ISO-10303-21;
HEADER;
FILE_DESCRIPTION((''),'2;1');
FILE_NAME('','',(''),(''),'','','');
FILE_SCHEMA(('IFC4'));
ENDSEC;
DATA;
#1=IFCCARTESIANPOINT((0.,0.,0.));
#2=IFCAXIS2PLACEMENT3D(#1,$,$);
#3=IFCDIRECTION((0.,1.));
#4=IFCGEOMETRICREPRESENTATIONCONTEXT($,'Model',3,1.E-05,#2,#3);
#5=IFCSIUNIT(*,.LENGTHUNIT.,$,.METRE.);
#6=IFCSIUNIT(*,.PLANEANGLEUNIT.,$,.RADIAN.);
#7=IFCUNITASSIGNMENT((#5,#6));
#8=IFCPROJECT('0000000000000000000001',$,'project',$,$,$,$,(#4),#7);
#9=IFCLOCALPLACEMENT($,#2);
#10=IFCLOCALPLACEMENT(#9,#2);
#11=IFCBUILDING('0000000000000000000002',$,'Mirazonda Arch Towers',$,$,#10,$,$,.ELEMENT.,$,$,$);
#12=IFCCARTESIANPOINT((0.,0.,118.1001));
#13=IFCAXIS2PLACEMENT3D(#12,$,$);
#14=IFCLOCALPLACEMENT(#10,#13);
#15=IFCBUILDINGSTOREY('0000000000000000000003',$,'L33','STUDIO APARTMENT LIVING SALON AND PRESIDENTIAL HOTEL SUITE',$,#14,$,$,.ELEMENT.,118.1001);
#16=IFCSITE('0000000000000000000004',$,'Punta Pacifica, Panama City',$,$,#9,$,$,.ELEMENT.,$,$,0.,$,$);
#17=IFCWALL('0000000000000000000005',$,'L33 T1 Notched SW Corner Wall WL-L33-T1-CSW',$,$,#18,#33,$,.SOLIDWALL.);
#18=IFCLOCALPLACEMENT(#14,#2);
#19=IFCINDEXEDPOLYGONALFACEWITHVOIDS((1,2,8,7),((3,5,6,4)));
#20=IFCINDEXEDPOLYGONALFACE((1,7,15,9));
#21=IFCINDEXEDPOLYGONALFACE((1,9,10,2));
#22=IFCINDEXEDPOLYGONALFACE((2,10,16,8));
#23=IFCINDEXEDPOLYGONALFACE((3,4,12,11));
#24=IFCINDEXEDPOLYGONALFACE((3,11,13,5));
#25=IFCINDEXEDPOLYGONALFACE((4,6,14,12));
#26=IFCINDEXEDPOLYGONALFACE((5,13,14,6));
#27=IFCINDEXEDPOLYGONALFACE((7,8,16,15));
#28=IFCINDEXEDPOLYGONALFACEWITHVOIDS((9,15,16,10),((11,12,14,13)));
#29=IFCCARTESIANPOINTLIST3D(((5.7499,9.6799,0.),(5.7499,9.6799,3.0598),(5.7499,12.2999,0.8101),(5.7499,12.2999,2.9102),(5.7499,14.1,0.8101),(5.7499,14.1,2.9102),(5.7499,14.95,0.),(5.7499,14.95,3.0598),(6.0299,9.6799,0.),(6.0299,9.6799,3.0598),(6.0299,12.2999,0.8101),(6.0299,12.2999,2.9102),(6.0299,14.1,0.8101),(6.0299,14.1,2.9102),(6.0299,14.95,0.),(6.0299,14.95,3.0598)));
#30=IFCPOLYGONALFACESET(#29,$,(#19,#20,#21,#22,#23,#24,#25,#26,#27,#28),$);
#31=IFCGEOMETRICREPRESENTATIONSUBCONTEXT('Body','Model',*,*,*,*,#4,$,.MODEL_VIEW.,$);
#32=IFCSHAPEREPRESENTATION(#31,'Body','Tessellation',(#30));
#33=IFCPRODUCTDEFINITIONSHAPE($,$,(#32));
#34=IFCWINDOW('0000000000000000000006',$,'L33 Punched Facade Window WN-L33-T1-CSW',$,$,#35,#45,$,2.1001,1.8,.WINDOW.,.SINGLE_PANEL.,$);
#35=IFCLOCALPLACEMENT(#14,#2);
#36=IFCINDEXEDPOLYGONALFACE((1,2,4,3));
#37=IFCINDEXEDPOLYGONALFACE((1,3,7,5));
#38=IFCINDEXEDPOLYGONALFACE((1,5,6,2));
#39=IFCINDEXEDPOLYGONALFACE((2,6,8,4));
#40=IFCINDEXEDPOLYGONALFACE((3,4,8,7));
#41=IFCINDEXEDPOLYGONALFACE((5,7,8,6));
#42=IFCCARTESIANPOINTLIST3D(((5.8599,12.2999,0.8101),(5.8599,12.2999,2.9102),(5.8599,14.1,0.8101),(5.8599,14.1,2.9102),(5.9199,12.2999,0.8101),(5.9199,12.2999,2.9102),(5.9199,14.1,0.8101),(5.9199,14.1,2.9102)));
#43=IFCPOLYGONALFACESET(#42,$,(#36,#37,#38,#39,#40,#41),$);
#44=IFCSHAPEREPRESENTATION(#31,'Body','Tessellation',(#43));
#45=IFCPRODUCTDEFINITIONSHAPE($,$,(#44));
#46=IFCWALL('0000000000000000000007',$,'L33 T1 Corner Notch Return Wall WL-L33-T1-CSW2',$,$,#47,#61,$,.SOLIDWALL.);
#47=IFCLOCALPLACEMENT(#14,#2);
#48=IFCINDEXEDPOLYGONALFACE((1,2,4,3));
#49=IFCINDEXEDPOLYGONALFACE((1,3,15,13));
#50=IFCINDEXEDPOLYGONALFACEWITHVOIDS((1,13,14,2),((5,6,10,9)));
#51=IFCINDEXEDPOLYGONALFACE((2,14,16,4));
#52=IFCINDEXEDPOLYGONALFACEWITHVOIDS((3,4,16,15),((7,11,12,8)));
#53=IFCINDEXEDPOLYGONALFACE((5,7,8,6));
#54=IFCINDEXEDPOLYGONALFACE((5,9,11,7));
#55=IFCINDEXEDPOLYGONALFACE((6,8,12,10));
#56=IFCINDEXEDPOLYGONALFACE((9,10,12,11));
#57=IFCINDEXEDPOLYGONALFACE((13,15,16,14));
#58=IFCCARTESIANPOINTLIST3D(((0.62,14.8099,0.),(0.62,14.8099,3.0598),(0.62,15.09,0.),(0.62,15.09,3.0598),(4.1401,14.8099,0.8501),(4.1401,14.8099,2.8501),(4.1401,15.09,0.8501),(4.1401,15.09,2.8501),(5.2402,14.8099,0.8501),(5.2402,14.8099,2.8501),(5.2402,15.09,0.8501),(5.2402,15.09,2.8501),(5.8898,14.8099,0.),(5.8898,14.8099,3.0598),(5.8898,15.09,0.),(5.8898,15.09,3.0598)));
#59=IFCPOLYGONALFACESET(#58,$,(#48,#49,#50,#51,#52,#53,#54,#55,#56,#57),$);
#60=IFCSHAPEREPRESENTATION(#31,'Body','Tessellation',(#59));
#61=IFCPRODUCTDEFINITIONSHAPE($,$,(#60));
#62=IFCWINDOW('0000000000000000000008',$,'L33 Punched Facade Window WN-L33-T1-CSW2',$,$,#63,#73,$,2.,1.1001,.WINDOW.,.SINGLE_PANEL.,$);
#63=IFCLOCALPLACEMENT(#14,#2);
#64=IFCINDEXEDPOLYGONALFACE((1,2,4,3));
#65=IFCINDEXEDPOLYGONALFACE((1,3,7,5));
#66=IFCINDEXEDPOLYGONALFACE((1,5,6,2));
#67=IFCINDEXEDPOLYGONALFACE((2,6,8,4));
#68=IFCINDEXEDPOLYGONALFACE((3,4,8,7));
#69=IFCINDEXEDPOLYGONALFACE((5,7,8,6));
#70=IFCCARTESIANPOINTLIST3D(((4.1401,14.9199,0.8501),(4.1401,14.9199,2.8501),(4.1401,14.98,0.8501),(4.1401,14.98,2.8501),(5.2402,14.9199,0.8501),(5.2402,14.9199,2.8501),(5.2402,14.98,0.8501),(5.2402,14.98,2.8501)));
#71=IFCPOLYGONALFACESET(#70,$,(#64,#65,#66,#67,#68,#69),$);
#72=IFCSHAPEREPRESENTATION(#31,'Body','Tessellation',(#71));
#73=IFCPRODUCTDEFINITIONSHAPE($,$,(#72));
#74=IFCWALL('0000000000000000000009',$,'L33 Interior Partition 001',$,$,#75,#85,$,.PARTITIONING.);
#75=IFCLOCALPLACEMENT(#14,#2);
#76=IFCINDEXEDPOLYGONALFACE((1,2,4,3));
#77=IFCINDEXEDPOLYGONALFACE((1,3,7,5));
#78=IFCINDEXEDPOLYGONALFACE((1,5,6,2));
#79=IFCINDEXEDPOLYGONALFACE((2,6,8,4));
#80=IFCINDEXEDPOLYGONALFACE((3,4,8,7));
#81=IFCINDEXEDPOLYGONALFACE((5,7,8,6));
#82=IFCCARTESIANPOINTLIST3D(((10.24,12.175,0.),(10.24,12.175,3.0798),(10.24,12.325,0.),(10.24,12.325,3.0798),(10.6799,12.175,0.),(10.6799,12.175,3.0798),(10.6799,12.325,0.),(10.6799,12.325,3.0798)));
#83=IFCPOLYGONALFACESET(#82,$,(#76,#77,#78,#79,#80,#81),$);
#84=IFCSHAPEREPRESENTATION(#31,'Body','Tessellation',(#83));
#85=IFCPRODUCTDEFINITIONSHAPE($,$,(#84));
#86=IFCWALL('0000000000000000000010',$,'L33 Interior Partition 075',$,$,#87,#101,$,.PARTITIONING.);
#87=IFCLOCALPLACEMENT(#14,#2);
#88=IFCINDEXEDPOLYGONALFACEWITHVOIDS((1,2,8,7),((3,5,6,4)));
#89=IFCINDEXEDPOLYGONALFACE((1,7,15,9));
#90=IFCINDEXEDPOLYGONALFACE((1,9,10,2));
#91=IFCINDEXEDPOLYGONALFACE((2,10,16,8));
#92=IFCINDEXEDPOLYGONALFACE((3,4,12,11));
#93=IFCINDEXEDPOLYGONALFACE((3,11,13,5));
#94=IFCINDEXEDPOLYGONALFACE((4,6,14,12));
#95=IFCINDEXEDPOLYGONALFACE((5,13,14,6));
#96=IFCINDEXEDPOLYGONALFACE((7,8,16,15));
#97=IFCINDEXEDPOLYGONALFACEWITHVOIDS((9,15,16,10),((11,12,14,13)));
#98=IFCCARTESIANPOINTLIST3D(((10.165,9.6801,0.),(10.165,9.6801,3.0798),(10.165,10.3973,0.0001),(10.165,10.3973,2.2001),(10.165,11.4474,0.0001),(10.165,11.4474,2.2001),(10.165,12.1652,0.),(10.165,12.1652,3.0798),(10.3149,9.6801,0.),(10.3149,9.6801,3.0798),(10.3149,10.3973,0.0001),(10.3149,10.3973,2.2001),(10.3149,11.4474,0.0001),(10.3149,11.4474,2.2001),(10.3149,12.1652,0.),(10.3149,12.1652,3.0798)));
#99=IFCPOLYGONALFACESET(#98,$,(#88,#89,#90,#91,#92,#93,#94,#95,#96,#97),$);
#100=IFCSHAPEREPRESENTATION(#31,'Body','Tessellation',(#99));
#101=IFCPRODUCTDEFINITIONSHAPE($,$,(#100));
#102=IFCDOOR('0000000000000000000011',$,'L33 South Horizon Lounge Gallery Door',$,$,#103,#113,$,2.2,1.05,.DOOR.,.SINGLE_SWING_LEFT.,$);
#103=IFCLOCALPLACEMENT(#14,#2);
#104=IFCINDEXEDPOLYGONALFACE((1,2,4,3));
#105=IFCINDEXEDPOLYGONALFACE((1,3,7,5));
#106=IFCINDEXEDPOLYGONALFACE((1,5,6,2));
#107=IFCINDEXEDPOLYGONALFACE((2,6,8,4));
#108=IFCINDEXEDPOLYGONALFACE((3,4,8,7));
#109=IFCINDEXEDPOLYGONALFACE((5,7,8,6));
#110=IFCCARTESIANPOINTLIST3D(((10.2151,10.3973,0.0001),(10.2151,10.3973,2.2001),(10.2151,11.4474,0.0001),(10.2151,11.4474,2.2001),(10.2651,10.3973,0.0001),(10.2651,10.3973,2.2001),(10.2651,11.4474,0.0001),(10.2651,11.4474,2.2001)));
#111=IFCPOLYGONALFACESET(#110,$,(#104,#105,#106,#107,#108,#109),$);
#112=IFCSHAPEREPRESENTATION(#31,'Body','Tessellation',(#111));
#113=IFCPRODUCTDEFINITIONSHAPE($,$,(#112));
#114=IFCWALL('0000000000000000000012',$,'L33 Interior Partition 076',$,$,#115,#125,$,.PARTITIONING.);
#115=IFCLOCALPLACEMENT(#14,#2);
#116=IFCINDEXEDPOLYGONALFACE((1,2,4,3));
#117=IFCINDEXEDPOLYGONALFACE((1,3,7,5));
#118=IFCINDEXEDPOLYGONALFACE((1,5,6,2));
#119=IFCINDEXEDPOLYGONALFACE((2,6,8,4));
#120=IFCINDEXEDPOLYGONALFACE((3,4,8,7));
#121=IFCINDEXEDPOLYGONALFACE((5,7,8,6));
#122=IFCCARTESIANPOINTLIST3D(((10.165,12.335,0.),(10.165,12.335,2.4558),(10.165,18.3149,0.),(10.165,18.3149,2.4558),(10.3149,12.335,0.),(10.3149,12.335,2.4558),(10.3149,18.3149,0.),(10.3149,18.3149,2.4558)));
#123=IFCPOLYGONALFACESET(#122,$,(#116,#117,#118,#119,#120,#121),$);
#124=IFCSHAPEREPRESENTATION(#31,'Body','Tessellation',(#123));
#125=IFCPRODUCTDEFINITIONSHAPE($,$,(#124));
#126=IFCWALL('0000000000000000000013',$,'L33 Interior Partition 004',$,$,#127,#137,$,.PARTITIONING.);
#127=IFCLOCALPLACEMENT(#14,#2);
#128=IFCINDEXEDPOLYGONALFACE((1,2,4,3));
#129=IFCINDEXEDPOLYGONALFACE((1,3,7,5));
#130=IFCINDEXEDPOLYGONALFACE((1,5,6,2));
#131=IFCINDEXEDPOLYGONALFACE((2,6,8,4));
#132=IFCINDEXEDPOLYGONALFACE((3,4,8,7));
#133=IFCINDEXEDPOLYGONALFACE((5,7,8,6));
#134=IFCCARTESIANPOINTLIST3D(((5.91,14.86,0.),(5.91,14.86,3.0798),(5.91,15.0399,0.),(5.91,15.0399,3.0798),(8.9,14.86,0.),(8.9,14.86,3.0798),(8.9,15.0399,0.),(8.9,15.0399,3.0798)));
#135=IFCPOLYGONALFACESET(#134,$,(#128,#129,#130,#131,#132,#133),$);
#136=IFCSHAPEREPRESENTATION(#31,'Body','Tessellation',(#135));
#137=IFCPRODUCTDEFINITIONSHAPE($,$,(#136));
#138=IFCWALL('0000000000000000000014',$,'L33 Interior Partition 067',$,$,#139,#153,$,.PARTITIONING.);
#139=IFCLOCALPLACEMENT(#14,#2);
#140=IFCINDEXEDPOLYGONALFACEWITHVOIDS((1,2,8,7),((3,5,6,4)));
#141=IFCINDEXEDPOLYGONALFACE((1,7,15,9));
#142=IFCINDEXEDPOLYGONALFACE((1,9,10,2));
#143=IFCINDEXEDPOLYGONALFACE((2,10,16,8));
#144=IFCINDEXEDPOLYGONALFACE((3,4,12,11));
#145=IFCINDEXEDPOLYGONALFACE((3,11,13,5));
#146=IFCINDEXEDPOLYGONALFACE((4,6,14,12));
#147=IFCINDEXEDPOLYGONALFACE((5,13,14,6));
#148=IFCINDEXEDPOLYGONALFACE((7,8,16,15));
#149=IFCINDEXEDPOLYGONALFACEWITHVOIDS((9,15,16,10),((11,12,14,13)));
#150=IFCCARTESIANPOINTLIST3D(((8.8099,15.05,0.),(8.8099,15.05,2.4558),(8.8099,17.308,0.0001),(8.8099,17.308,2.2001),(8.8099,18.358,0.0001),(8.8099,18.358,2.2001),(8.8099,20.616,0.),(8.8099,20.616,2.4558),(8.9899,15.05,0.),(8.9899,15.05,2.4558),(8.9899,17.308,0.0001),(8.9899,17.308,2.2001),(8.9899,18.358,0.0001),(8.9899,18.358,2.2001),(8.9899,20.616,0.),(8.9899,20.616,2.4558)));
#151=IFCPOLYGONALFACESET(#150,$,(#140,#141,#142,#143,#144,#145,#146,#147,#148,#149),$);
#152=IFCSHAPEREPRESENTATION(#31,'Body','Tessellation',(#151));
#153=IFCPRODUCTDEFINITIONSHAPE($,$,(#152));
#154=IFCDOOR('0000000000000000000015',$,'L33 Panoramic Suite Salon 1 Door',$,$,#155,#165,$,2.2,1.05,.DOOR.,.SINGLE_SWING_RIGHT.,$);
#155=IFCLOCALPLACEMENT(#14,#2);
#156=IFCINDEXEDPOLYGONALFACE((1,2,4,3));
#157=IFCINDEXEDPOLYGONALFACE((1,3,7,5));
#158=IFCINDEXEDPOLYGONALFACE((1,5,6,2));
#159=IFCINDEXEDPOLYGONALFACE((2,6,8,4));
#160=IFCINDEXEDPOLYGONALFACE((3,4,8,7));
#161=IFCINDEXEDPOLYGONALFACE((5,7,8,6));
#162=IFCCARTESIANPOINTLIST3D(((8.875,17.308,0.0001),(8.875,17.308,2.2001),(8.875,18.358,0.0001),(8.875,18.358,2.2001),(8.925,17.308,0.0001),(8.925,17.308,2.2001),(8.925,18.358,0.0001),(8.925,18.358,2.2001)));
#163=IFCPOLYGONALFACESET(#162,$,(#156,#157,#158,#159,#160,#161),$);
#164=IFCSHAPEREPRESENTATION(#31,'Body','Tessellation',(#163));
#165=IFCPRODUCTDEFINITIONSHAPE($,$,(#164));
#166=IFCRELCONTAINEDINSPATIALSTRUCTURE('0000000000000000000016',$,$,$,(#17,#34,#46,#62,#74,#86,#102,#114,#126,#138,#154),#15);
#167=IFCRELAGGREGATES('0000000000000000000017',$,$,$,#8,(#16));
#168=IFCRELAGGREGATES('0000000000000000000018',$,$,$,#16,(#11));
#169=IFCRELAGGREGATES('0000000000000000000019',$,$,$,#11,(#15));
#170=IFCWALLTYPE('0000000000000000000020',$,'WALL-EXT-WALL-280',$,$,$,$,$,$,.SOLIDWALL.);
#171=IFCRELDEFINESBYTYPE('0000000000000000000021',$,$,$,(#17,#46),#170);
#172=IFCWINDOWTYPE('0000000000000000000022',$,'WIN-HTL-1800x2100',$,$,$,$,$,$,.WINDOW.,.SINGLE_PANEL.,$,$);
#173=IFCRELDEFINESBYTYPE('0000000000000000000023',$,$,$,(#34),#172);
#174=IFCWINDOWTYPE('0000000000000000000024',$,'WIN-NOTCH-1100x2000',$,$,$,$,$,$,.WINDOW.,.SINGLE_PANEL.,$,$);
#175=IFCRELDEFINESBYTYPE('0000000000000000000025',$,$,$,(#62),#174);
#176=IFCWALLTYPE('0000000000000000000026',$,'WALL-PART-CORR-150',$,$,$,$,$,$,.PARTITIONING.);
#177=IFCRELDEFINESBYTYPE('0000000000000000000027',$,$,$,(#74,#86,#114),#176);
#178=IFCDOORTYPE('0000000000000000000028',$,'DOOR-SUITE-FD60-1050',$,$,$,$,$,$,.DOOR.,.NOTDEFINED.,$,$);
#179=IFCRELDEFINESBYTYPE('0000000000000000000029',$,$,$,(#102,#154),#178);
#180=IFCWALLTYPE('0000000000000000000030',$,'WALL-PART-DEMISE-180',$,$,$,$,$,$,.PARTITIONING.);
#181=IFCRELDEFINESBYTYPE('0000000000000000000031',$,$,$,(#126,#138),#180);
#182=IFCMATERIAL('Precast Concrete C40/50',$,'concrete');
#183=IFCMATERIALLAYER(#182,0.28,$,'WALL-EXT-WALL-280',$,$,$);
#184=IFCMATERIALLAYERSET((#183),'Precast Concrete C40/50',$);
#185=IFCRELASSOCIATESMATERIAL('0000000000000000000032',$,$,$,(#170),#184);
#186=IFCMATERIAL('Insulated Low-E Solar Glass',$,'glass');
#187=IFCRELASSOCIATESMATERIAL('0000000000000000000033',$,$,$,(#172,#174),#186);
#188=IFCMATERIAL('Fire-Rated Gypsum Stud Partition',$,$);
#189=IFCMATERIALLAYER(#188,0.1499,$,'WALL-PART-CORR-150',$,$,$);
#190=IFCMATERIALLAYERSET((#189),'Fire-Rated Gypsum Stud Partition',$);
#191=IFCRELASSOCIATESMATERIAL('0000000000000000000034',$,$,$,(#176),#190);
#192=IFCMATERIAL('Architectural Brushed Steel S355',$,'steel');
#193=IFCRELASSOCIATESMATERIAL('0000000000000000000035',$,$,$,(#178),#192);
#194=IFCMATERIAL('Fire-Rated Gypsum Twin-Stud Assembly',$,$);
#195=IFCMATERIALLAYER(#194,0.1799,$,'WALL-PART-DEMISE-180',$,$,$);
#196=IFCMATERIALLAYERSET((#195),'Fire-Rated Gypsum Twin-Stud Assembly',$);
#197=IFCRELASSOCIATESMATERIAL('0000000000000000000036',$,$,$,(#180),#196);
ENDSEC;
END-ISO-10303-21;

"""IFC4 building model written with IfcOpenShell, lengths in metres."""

from ifc_helpers import new_model, si_unit, direction, frame, frame_2d, origin, place, context, subcontext, project, spatial, rectangle, extrude, material, layer, layer_set, type_object, element, fill, save


model = new_model("IFC4")

# Units and contexts
model_context = context("Model", 3, precision=1e-05, world=origin(), true_north=direction((0.0, 1.0)))
body_context = subcontext(model_context, "Body", "Model", "MODEL_VIEW")
ifc_project = project(units=[si_unit("LENGTHUNIT", "METRE"), si_unit("PLANEANGLEUNIT", "RADIAN")], contexts=[model_context])

# Site, building, storey
site_placement = place(None, origin())
site = spatial("IfcSite", under=ifc_project, at=site_placement, Name="Punta Pacifica, Panama City", CompositionType="ELEMENT", RefElevation=0.0)
building_placement = place(site_placement, origin())
building = spatial("IfcBuilding", under=site, at=building_placement, Name="Mirazonda Arch Towers", CompositionType="ELEMENT")
storey_placement = place(building_placement, frame((0.0, 0.0, 118.1001)))
storey = spatial("IfcBuildingStorey", under=building, at=storey_placement, Name="L33", Description="STUDIO APARTMENT LIVING SALON AND PRESIDENTIAL HOTEL SUITE", CompositionType="ELEMENT", Elevation=118.1001)

# Shared definitions
ifc_material_1 = material(Name="Insulated Low-E Solar Glass", Category="glass")

# Walls, openings, windows
ifc_material_2 = material(Name="Precast Concrete C40/50", Category="concrete")
ifc_layer_1 = layer(ifc_material_2, 0.28, Name="WALL-EXT-WALL-280")
ifc_layer_set_1 = layer_set([ifc_layer_1], Name="Precast Concrete C40/50")
wall_type_1 = type_object("IfcWallType", Name="WALL-EXT-WALL-280", PredefinedType="SOLIDWALL", material=ifc_layer_set_1)
wall_1_placement = place(storey_placement, frame((5.8899, 14.95, 0.0), z_axis=(0.0, 0.0, 1.0), x_axis=(0.0, -1.0, 0.0)))
wall_1 = element("IfcWall", 1, at=wall_1_placement, inside=storey, type_object=wall_type_1, Name="L33 T1 Notched SW Corner Wall WL-L33-T1-CSW", PredefinedType="SOLIDWALL", context=body_context, shape_type="SweptSolid", body=[
    extrude(rectangle(XDim=5.27, YDim=0.28, at=frame_2d((2.635, 0.0))), origin(), (0.0, 0.0, 1.0), 3.0598),
])
opening_1_placement = place(wall_1_placement, frame((0.8501, 0.0, 0.8101)))
opening_1 = element("IfcOpeningElement", 2, at=opening_1_placement, cuts=wall_1, PredefinedType="OPENING", context=body_context, shape_type="SweptSolid", body=[
    extrude(rectangle(XDim=1.8, YDim=2.1001, at=frame_2d((0.8999, 1.05))), frame((0.0, 0.1499, 0.0), z_axis=(0.0, -1.0, 0.0), x_axis=(1.0, 0.0, 0.0)), (0.0, 0.0, 1.0), 0.3),
])
window_type_1 = type_object("IfcWindowType", Name="WIN-HTL-1800x2100", PartitioningType="SINGLE_PANEL", PredefinedType="WINDOW", material=ifc_material_1)
window_1_placement = place(opening_1_placement, origin())
window_1 = element("IfcWindow", 3, at=window_1_placement, inside=storey, type_object=window_type_1, Name="L33 Punched Facade Window WN-L33-T1-CSW", OverallHeight=2.1001, OverallWidth=1.8, PartitioningType="SINGLE_PANEL", PredefinedType="WINDOW", context=body_context, shape_type="SweptSolid", body=[
    extrude(rectangle(XDim=1.8, YDim=2.1001, at=frame_2d((0.8999, 1.05))), frame((0.0, 0.03, 0.0), z_axis=(0.0, -1.0, 0.0), x_axis=(1.0, 0.0, 0.0)), (0.0, 0.0, 1.0), 0.0601),
])
fill(opening_1, window_1)
wall_2_placement = place(storey_placement, frame((0.6201, 14.95, 0.0), z_axis=(0.0, 0.0, 1.0), x_axis=(1.0, 0.0, 0.0)))
wall_2 = element("IfcWall", 4, at=wall_2_placement, inside=storey, type_object=wall_type_1, Name="L33 T1 Corner Notch Return Wall WL-L33-T1-CSW2", PredefinedType="SOLIDWALL", context=body_context, shape_type="SweptSolid", body=[
    extrude(rectangle(XDim=5.2698, YDim=0.28, at=frame_2d((2.6348, 0.0))), origin(), (0.0, 0.0, 1.0), 3.0598),
])
opening_2_placement = place(wall_2_placement, frame((3.52, 0.0, 0.8501)))
opening_2 = element("IfcOpeningElement", 5, at=opening_2_placement, cuts=wall_2, PredefinedType="OPENING", context=body_context, shape_type="SweptSolid", body=[
    extrude(rectangle(XDim=1.1001, YDim=2.0, at=frame_2d((0.55, 1.0))), frame((0.0, 0.1499, 0.0), z_axis=(0.0, -1.0, 0.0), x_axis=(1.0, 0.0, 0.0)), (0.0, 0.0, 1.0), 0.3),
])
window_type_2 = type_object("IfcWindowType", Name="WIN-NOTCH-1100x2000", PartitioningType="SINGLE_PANEL", PredefinedType="WINDOW", material=ifc_material_1)
window_2_placement = place(opening_2_placement, origin())
window_2 = element("IfcWindow", 6, at=window_2_placement, inside=storey, type_object=window_type_2, Name="L33 Punched Facade Window WN-L33-T1-CSW2", OverallHeight=2.0, OverallWidth=1.1001, PartitioningType="SINGLE_PANEL", PredefinedType="WINDOW", context=body_context, shape_type="SweptSolid", body=[
    extrude(rectangle(XDim=1.1001, YDim=2.0, at=frame_2d((0.55, 1.0))), frame((0.0, 0.03, 0.0), z_axis=(0.0, -1.0, 0.0), x_axis=(1.0, 0.0, 0.0)), (0.0, 0.0, 1.0), 0.0601),
])
fill(opening_2, window_2)

# Wall
ifc_material_3 = material(Name="Fire-Rated Gypsum Stud Partition")
ifc_layer_2 = layer(ifc_material_3, 0.1499, Name="WALL-PART-CORR-150")
ifc_layer_set_2 = layer_set([ifc_layer_2], Name="Fire-Rated Gypsum Stud Partition")
wall_type_2 = type_object("IfcWallType", Name="WALL-PART-CORR-150", PredefinedType="PARTITIONING", material=ifc_layer_set_2)
wall_3_placement = place(storey_placement, frame((10.24, 12.25, 0.0), z_axis=(0.0, 0.0, 1.0), x_axis=(1.0, 0.0, 0.0)))
element("IfcWall", 7, at=wall_3_placement, inside=storey, type_object=wall_type_2, Name="L33 Interior Partition 001", PredefinedType="PARTITIONING", context=body_context, shape_type="SweptSolid", body=[
    extrude(rectangle(XDim=0.4399, YDim=0.1499, at=frame_2d((0.22, 0.0))), origin(), (0.0, 0.0, 1.0), 3.0798),
])

# Wall, opening, door
wall_4_placement = place(storey_placement, frame((10.24, 9.6799, 0.0), z_axis=(0.0, 0.0, 1.0), x_axis=(0.0, 1.0, 0.0)))
wall_4 = element("IfcWall", 8, at=wall_4_placement, inside=storey, type_object=wall_type_2, Name="L33 Interior Partition 075", PredefinedType="PARTITIONING", context=body_context, shape_type="SweptSolid", body=[
    extrude(rectangle(XDim=2.4851, YDim=0.1499, at=frame_2d((1.2427, 0.0))), origin(), (0.0, 0.0, 1.0), 3.0798),
])
opening_3_placement = place(wall_4_placement, frame((0.7175, 0.0, 0.0)))
opening_3 = element("IfcOpeningElement", 9, at=opening_3_placement, cuts=wall_4, PredefinedType="OPENING", context=body_context, shape_type="SweptSolid", body=[
    extrude(rectangle(XDim=1.05, YDim=2.2, at=frame_2d((0.5249, 1.1001))), frame((0.0, 0.085, 0.0), z_axis=(0.0, -1.0, 0.0), x_axis=(1.0, 0.0, 0.0)), (0.0, 0.0, 1.0), 0.1699),
])
ifc_material_4 = material(Name="Architectural Brushed Steel S355", Category="steel")
door_type_1 = type_object("IfcDoorType", Name="DOOR-SUITE-FD60-1050", OperationType="NOTDEFINED", PredefinedType="DOOR", material=ifc_material_4)
door_1_placement = place(opening_3_placement, origin())
door_1 = element("IfcDoor", 10, at=door_1_placement, inside=storey, type_object=door_type_1, Name="L33 South Horizon Lounge Gallery Door", OperationType="SINGLE_SWING_LEFT", OverallHeight=2.2, OverallWidth=1.05, PredefinedType="DOOR", context=body_context, shape_type="SweptSolid", body=[
    extrude(rectangle(XDim=1.05, YDim=2.2, at=frame_2d((0.5249, 1.1001))), frame((0.0, 0.0249, 0.0), z_axis=(0.0, -1.0, 0.0), x_axis=(1.0, 0.0, 0.0)), (0.0, 0.0, 1.0), 0.05),
])
fill(opening_3, door_1)

# Walls
wall_5_placement = place(storey_placement, frame((10.24, 12.335, 0.0), z_axis=(0.0, 0.0, 1.0), x_axis=(0.0, 1.0, 0.0)))
element("IfcWall", 11, at=wall_5_placement, inside=storey, type_object=wall_type_2, Name="L33 Interior Partition 076", PredefinedType="PARTITIONING", context=body_context, shape_type="SweptSolid", body=[
    extrude(rectangle(XDim=5.98, YDim=0.1499, at=frame_2d((2.99, 0.0))), origin(), (0.0, 0.0, 1.0), 2.4558),
])
ifc_material_5 = material(Name="Fire-Rated Gypsum Twin-Stud Assembly")
ifc_layer_3 = layer(ifc_material_5, 0.1799, Name="WALL-PART-DEMISE-180")
ifc_layer_set_3 = layer_set([ifc_layer_3], Name="Fire-Rated Gypsum Twin-Stud Assembly")
wall_type_3 = type_object("IfcWallType", Name="WALL-PART-DEMISE-180", PredefinedType="PARTITIONING", material=ifc_layer_set_3)
wall_6_placement = place(storey_placement, frame((5.9099, 14.95, 0.0), z_axis=(0.0, 0.0, 1.0), x_axis=(1.0, 0.0, 0.0)))
element("IfcWall", 12, at=wall_6_placement, inside=storey, type_object=wall_type_3, Name="L33 Interior Partition 004", PredefinedType="PARTITIONING", context=body_context, shape_type="SweptSolid", body=[
    extrude(rectangle(XDim=2.99, YDim=0.1799, at=frame_2d((1.4951, 0.0))), origin(), (0.0, 0.0, 1.0), 3.0798),
])

# Wall, opening, door
wall_7_placement = place(storey_placement, frame((8.8999, 15.05, 0.0), z_axis=(0.0, 0.0, 1.0), x_axis=(0.0, 1.0, 0.0)))
wall_7 = element("IfcWall", 13, at=wall_7_placement, inside=storey, type_object=wall_type_3, Name="L33 Interior Partition 067", PredefinedType="PARTITIONING", context=body_context, shape_type="SweptSolid", body=[
    extrude(rectangle(XDim=5.5659, YDim=0.1799, at=frame_2d((2.783, 0.0))), origin(), (0.0, 0.0, 1.0), 2.4558),
])
opening_4_placement = place(wall_7_placement, frame((2.2581, 0.0, 0.0)))
opening_4 = element("IfcOpeningElement", 14, at=opening_4_placement, cuts=wall_7, PredefinedType="OPENING", context=body_context, shape_type="SweptSolid", body=[
    extrude(rectangle(XDim=1.05, YDim=2.2, at=frame_2d((0.5249, 1.1001))), frame((0.0, 0.0999, 0.0), z_axis=(0.0, -1.0, 0.0), x_axis=(1.0, 0.0, 0.0)), (0.0, 0.0, 1.0), 0.2),
])
door_2_placement = place(opening_4_placement, origin())
door_2 = element("IfcDoor", 15, at=door_2_placement, inside=storey, type_object=door_type_1, Name="L33 Panoramic Suite Salon 1 Door", OperationType="SINGLE_SWING_RIGHT", OverallHeight=2.2, OverallWidth=1.05, PredefinedType="DOOR", context=body_context, shape_type="SweptSolid", body=[
    extrude(rectangle(XDim=1.05, YDim=2.2, at=frame_2d((0.5249, 1.1001))), frame((0.0, 0.0249, 0.0), z_axis=(0.0, -1.0, 0.0), x_axis=(1.0, 0.0, 0.0)), (0.0, 0.0, 1.0), 0.05),
])
fill(opening_4, door_2)

save(model, "model.ifc")
